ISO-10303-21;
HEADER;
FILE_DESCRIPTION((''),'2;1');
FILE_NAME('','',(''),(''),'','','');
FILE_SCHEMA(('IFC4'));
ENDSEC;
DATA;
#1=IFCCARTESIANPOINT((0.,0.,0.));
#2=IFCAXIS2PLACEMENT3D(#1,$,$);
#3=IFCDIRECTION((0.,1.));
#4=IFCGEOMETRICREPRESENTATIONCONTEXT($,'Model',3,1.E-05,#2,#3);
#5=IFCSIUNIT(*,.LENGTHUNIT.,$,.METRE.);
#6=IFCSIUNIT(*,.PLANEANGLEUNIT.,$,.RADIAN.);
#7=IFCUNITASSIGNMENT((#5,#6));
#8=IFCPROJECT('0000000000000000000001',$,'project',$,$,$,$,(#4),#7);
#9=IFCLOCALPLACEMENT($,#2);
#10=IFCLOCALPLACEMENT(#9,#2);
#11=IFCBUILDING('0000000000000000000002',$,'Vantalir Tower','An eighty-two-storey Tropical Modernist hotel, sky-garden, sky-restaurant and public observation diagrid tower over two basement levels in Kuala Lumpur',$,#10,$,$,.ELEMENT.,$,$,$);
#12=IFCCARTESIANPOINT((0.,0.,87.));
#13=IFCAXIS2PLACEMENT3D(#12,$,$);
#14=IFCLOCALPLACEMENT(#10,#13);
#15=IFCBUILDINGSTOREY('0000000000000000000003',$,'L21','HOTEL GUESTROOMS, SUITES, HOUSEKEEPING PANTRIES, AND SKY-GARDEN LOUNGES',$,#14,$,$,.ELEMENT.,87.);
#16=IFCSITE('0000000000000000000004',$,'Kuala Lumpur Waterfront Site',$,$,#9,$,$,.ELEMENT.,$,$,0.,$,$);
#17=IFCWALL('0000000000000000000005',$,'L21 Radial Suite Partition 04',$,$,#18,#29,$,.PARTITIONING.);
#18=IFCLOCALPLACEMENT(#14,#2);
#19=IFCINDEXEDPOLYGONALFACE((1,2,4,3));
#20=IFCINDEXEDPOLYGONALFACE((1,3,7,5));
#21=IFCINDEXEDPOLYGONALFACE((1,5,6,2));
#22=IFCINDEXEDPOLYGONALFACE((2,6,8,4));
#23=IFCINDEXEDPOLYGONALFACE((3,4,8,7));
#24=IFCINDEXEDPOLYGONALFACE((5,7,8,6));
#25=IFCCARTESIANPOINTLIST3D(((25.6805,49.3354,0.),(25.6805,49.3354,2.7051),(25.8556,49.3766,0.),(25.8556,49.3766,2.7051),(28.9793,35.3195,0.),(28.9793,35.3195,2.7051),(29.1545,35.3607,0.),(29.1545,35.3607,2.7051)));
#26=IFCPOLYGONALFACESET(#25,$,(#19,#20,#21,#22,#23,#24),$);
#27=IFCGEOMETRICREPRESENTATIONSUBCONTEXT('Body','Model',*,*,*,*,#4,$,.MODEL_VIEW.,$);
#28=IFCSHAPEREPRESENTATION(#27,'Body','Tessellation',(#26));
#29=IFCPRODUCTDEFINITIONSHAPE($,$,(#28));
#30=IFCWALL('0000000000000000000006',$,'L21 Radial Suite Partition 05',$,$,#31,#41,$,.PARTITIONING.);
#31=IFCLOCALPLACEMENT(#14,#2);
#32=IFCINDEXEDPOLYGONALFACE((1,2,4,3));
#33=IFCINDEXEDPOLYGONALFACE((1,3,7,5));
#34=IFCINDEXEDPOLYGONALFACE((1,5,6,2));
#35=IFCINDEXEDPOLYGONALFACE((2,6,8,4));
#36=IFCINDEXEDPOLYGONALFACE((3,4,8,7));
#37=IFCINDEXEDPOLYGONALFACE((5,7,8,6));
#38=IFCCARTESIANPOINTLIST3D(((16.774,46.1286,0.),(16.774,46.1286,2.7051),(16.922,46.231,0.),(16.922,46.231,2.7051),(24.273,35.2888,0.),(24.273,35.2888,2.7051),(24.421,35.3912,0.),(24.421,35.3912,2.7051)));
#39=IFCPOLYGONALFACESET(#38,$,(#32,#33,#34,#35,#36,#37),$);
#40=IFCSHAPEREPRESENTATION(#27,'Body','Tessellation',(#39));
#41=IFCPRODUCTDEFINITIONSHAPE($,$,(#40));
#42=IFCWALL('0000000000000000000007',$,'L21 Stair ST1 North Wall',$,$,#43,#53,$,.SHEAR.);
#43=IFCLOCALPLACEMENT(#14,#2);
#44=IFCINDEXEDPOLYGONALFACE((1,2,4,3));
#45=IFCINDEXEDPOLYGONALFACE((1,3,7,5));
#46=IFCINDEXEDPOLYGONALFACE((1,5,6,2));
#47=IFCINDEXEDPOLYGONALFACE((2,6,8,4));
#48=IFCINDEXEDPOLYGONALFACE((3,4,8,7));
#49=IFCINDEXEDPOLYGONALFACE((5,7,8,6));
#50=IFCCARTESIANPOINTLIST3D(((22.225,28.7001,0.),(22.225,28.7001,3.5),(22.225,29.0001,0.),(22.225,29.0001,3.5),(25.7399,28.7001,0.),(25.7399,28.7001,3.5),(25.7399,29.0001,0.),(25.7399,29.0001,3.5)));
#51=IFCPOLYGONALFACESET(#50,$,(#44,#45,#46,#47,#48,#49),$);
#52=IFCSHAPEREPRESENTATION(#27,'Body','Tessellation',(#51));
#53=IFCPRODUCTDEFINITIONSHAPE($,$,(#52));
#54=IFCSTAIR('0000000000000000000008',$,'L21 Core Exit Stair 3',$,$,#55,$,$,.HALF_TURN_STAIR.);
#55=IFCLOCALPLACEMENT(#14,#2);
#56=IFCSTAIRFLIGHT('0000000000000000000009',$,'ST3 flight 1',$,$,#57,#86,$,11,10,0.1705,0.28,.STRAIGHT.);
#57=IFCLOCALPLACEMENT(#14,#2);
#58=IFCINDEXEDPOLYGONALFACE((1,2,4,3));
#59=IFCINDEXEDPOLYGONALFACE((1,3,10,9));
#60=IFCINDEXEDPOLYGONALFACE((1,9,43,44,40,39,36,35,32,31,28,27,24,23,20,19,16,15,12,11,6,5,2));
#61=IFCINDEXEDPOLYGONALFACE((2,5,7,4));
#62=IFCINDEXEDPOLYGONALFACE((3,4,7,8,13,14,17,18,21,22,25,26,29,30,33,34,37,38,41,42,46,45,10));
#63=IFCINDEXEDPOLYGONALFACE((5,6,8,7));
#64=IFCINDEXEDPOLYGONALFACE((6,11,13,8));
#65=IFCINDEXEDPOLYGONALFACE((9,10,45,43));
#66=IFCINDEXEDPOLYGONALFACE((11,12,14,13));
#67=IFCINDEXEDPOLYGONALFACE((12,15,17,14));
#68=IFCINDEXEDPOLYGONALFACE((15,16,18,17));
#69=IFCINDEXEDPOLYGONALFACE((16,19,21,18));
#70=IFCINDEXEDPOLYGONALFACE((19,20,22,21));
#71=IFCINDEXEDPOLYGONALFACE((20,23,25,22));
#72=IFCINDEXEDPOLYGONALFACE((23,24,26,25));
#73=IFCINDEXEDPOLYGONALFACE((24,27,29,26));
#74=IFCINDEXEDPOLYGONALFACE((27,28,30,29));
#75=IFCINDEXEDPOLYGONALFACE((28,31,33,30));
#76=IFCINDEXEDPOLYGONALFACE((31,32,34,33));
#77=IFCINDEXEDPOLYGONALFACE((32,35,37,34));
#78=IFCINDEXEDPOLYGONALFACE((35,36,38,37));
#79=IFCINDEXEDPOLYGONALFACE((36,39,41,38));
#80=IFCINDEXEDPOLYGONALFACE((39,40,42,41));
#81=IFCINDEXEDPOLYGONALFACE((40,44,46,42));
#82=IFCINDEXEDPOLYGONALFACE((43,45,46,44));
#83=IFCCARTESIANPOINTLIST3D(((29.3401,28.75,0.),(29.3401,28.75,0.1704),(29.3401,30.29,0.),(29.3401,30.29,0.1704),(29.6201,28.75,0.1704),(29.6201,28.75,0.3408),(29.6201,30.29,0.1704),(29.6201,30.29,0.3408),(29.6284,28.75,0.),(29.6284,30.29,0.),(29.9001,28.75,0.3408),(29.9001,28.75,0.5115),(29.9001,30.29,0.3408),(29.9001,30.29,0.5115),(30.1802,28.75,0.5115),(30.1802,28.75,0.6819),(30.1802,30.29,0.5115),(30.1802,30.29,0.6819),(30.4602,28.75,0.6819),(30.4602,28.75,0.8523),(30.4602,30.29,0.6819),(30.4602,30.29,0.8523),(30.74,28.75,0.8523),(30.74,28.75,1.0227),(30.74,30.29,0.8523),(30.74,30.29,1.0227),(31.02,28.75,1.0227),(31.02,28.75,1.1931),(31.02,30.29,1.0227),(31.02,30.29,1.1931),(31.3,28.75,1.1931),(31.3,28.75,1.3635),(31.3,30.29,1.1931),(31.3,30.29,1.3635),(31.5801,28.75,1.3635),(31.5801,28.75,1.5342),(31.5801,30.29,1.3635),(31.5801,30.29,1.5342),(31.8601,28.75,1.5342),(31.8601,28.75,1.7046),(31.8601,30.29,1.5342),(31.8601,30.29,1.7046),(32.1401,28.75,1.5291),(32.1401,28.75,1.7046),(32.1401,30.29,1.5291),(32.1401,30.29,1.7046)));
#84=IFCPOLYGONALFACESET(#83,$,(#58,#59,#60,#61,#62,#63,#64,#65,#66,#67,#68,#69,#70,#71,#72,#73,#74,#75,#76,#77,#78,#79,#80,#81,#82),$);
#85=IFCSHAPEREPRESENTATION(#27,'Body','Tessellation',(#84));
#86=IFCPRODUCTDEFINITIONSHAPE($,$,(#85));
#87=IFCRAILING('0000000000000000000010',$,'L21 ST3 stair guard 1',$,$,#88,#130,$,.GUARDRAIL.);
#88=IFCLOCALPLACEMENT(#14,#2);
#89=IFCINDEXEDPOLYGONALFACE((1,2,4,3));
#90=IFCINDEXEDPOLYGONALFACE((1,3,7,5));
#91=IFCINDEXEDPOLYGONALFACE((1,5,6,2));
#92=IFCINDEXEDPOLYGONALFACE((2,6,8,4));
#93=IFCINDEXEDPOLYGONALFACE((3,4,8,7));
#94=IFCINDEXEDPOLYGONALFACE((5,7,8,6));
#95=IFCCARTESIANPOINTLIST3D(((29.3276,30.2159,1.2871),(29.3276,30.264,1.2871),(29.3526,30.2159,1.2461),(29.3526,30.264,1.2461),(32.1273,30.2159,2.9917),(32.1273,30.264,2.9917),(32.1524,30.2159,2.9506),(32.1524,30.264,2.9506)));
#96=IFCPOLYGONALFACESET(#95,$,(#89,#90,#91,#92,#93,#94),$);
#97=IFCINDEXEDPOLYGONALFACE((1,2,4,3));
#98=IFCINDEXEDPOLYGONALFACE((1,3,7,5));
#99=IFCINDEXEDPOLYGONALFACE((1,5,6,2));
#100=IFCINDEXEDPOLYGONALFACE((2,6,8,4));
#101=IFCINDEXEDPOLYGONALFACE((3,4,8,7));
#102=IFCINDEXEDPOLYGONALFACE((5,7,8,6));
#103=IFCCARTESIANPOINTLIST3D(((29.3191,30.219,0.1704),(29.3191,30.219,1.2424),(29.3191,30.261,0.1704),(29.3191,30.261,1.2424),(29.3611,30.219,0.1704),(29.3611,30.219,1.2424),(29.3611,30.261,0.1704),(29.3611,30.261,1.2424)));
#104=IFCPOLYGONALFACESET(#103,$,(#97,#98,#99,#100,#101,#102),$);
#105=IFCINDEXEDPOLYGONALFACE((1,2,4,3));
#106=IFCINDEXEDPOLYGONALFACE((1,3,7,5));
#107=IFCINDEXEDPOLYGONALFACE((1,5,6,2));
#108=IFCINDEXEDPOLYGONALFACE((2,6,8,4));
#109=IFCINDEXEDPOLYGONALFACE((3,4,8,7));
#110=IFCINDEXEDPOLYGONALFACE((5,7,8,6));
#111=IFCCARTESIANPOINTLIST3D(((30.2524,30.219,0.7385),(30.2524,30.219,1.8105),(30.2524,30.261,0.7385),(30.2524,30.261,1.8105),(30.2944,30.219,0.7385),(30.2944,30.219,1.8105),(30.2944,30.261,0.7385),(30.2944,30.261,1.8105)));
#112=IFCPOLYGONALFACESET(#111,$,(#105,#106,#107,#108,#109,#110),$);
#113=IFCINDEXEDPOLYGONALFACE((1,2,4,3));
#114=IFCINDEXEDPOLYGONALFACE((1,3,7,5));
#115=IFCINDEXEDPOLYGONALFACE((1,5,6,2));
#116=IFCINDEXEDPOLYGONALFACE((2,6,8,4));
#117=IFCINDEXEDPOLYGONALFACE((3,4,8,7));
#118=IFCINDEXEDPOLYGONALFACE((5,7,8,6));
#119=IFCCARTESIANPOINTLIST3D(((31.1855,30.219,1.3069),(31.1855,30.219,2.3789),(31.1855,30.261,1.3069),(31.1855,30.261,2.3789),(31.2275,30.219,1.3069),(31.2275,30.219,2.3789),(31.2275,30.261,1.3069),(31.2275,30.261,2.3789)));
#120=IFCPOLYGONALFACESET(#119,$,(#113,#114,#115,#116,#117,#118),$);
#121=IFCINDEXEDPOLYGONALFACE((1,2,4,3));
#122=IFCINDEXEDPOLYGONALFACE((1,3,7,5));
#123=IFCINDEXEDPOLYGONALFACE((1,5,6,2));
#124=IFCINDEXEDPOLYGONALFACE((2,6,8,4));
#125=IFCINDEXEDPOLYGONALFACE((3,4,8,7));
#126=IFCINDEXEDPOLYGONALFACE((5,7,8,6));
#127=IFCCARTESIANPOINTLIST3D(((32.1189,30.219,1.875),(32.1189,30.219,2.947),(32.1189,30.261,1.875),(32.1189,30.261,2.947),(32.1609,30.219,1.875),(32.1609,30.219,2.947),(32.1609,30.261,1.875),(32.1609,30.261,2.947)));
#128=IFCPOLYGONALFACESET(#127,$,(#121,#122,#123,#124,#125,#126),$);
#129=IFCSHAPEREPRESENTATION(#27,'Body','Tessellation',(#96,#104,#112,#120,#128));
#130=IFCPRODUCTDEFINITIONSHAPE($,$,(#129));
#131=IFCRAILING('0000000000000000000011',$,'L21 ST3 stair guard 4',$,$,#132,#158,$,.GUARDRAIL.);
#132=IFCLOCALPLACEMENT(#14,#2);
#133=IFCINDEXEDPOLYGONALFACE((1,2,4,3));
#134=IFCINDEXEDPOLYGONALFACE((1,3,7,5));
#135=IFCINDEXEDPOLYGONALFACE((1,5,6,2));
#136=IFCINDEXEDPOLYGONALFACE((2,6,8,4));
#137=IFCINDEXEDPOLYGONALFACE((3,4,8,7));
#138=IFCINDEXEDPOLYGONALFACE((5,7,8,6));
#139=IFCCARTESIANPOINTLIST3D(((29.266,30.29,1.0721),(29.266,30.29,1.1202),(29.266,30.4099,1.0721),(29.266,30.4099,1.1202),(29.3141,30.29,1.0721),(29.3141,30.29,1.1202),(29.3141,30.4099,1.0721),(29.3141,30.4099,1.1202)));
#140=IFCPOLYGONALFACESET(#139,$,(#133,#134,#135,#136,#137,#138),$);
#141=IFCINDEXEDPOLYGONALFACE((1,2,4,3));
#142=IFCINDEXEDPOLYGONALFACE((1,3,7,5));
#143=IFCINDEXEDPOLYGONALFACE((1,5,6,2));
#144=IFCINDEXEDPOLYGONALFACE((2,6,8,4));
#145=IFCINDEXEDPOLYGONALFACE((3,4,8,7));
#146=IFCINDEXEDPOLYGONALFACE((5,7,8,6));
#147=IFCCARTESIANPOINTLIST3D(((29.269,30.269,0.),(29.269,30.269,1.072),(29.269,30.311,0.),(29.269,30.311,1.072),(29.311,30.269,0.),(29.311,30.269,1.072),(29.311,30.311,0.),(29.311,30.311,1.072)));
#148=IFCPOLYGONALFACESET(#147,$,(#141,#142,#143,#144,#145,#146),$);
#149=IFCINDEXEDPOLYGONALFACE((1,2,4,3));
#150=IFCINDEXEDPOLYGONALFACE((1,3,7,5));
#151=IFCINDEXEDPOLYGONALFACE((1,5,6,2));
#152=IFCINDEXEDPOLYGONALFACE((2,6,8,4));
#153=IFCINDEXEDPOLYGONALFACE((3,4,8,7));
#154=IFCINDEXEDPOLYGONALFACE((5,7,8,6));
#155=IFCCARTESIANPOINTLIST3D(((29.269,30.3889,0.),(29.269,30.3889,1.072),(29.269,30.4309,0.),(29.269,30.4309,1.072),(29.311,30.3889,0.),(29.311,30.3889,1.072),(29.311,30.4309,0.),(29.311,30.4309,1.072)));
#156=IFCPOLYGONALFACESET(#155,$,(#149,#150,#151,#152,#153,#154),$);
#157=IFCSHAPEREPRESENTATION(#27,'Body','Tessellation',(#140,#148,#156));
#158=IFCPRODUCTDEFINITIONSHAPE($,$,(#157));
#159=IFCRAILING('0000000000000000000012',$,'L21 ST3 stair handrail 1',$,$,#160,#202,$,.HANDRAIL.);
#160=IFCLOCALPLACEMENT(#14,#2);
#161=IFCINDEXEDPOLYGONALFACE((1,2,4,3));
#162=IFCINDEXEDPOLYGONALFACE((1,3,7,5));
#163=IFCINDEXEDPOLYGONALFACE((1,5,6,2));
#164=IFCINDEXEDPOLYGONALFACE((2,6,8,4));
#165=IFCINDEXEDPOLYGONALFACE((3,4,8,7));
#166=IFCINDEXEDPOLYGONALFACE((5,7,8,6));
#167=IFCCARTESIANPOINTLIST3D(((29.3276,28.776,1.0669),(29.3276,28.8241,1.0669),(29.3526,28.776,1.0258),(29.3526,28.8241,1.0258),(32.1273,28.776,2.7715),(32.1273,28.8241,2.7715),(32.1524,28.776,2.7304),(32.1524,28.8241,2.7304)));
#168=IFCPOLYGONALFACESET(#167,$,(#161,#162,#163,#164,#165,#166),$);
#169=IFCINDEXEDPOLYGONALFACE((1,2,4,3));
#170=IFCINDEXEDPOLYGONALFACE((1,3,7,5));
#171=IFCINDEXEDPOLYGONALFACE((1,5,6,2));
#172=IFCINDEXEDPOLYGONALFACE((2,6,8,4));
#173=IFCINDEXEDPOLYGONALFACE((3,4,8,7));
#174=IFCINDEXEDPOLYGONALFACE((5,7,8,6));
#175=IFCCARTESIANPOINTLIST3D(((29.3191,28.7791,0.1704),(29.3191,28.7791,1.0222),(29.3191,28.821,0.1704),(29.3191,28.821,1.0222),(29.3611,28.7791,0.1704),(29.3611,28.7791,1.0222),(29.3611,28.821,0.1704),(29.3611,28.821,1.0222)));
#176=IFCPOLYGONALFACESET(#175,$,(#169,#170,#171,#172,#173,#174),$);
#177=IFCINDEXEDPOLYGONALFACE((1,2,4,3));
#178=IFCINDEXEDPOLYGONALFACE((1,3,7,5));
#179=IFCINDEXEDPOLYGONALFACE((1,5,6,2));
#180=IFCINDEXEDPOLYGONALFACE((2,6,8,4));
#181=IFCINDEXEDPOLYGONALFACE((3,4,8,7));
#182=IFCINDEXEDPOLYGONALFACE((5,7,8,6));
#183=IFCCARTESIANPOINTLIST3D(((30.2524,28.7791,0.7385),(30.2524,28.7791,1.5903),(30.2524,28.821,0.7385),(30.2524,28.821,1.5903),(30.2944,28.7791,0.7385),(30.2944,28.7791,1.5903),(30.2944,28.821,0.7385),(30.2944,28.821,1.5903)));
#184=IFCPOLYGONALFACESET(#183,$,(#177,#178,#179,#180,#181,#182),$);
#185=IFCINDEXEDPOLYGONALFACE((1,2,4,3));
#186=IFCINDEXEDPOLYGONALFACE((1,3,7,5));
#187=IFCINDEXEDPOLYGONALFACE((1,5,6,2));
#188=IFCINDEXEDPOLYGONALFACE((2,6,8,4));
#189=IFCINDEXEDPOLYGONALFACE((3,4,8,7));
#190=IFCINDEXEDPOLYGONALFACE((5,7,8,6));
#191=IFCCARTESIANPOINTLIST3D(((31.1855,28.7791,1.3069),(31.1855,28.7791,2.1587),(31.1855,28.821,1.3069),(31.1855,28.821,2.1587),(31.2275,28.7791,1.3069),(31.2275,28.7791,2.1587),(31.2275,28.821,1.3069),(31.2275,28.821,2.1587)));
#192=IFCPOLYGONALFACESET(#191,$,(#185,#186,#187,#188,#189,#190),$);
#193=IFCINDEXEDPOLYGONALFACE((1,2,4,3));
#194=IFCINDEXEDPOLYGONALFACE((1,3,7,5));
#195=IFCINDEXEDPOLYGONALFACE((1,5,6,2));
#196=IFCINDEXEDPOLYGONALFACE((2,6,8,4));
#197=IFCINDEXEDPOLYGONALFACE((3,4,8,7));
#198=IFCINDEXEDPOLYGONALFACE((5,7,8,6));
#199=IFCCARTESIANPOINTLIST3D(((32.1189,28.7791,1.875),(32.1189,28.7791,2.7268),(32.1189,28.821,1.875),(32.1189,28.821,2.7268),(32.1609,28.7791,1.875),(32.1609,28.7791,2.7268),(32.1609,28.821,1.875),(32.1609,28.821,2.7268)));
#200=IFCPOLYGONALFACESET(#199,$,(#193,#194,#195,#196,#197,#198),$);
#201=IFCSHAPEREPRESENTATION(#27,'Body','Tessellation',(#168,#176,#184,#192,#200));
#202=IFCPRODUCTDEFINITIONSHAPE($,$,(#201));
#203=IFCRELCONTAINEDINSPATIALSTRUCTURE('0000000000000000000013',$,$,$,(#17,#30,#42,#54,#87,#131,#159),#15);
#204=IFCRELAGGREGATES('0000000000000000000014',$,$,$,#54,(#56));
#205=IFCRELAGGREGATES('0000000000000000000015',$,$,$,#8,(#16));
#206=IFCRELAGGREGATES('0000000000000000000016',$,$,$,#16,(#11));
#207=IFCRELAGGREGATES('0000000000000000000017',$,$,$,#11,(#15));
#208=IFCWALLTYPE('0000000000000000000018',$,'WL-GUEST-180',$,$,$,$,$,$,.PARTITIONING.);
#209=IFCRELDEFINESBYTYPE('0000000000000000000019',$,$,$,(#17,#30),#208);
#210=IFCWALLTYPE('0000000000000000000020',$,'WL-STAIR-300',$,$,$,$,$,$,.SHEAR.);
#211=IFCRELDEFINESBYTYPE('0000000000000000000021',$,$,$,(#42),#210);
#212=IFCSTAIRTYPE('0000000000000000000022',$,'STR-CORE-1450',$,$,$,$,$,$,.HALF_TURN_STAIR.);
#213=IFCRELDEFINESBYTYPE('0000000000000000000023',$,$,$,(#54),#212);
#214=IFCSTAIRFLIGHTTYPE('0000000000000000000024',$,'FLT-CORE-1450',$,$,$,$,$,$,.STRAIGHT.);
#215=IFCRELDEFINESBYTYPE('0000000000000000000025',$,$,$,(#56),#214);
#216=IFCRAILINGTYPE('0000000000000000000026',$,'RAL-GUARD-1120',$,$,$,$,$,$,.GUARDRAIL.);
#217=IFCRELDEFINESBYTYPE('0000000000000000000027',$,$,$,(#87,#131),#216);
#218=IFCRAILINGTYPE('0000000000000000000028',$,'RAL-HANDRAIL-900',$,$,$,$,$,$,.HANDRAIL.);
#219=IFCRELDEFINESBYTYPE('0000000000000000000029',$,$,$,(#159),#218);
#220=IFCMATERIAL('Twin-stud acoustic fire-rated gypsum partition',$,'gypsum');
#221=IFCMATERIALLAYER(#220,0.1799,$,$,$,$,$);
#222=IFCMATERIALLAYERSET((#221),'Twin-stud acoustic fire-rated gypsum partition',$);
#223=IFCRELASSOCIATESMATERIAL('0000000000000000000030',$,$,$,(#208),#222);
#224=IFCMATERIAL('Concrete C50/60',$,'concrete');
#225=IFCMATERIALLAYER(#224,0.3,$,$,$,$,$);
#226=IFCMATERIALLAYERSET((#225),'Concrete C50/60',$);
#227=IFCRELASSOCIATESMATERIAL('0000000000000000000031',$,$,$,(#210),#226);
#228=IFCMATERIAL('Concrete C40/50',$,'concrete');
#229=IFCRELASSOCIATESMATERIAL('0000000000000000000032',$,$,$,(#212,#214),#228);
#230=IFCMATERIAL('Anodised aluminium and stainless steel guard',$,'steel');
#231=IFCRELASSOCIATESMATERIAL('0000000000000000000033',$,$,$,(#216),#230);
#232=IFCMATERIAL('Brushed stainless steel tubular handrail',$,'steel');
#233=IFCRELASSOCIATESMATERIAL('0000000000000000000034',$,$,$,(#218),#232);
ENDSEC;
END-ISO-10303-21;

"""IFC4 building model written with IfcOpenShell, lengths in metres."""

from ifc_helpers import new_model, si_unit, direction, frame, frame_2d, origin, origin_2d, place, context, subcontext, project, spatial, polyline, rectangle, outline, extrude, material, layer, layer_set, type_object, element, aggregate, save


model = new_model("IFC4")

# Units and contexts
model_context = context("Model", 3, precision=1e-05, world=origin(), true_north=direction((0.0, 1.0)))
body_context = subcontext(model_context, "Body", "Model", "MODEL_VIEW")
ifc_project = project(units=[si_unit("LENGTHUNIT", "METRE"), si_unit("PLANEANGLEUNIT", "RADIAN")], contexts=[model_context])

# Site, building, storey
site_placement = place(None, origin())
site = spatial("IfcSite", under=ifc_project, at=site_placement, Name="Kuala Lumpur Waterfront Site", CompositionType="ELEMENT", RefElevation=0.0)
building_placement = place(site_placement, origin())
building = spatial("IfcBuilding", under=site, at=building_placement, Name="Vantalir Tower", Description="An eighty-two-storey Tropical Modernist hotel, sky-garden, sky-restaurant and public observation diagrid tower over two basement levels in Kuala Lumpur", CompositionType="ELEMENT")
storey_placement = place(building_placement, frame((0.0, 0.0, 87.0)))
storey = spatial("IfcBuildingStorey", under=building, at=storey_placement, Name="L21", Description="HOTEL GUESTROOMS, SUITES, HOUSEKEEPING PANTRIES, AND SKY-GARDEN LOUNGES", CompositionType="ELEMENT", Elevation=87.0)

# Walls
ifc_material_1 = material(Name="Twin-stud acoustic fire-rated gypsum partition", Category="gypsum")
ifc_layer_1 = layer(ifc_material_1, 0.1799)
ifc_layer_set_1 = layer_set([ifc_layer_1], Name="Twin-stud acoustic fire-rated gypsum partition")
wall_type_1 = type_object("IfcWallType", Name="WL-GUEST-180", PredefinedType="PARTITIONING", material=ifc_layer_set_1)
wall_1_placement = place(storey_placement, frame((29.0669, 35.3401, 0.0), z_axis=(0.0, 0.0, 1.0), x_axis=(-0.229104, 0.973402, 0.0)))
element("IfcWall", 1, at=wall_1_placement, inside=storey, type_object=wall_type_1, Name="L21 Radial Suite Partition 04", PredefinedType="PARTITIONING", context=body_context, shape_type="SweptSolid", body=[
    extrude(rectangle(XDim=14.3989, YDim=0.1799, at=frame_2d((7.1995, 0.0))), origin(), (0.0, 0.0, 1.0), 2.7051),
])
wall_2_placement = place(storey_placement, frame((24.3469, 35.3401, 0.0), z_axis=(0.0, 0.0, 1.0), x_axis=(-0.568929, 0.822387, 0.0)))
element("IfcWall", 2, at=wall_2_placement, inside=storey, type_object=wall_type_1, Name="L21 Radial Suite Partition 05", PredefinedType="PARTITIONING", context=body_context, shape_type="SweptSolid", body=[
    extrude(rectangle(XDim=13.1809, YDim=0.1799, at=frame_2d((6.5903, 0.0))), origin(), (0.0, 0.0, 1.0), 2.7051),
])
ifc_material_2 = material(Name="Concrete C50/60", Category="concrete")
ifc_layer_2 = layer(ifc_material_2, 0.3)
ifc_layer_set_2 = layer_set([ifc_layer_2], Name="Concrete C50/60")
wall_type_2 = type_object("IfcWallType", Name="WL-STAIR-300", PredefinedType="SHEAR", material=ifc_layer_set_2)
wall_3_placement = place(storey_placement, frame((22.2251, 28.8501, 0.0), z_axis=(0.0, 0.0, 1.0), x_axis=(1.0, 0.0, 0.0)))
element("IfcWall", 3, at=wall_3_placement, inside=storey, type_object=wall_type_2, Name="L21 Stair ST1 North Wall", PredefinedType="SHEAR", context=body_context, shape_type="SweptSolid", body=[
    extrude(rectangle(XDim=3.5149, YDim=0.3, at=frame_2d((1.7573, 0.0))), origin(), (0.0, 0.0, 1.0), 3.5),
])

# Stair, stair flight
ifc_material_3 = material(Name="Concrete C40/50", Category="concrete")
stair_type = type_object("IfcStairType", Name="STR-CORE-1450", PredefinedType="HALF_TURN_STAIR", material=ifc_material_3)
stair_placement = place(storey_placement, origin())
stair = element("IfcStair", 4, at=stair_placement, inside=storey, type_object=stair_type, Name="L21 Core Exit Stair 3", PredefinedType="HALF_TURN_STAIR")
stair_flight_type = type_object("IfcStairFlightType", Name="FLT-CORE-1450", PredefinedType="STRAIGHT", material=ifc_material_3)
stair_flight_placement = place(storey_placement, frame((29.3401, 29.52, 0.0), z_axis=(0.0, 0.0, 1.0), x_axis=(1.0, 0.0, 0.0)))
stair_flight = element("IfcStairFlight", 5, at=stair_flight_placement, type_object=stair_flight_type, Name="ST3 flight 1", NumberOfRisers=11, NumberOfTreads=10, PredefinedType="STRAIGHT", RiserHeight=0.1705, TreadLength=0.28, context=body_context, shape_type="SweptSolid", body=[
    extrude(outline(polyline([(0.0, 0.0), (0.0, 0.1704), (0.28, 0.1704), (0.28, 0.3408), (0.5601, 0.3408), (0.5601, 0.5115), (0.8401, 0.5115), (0.8401, 0.6819), (1.1201, 0.6819), (1.1201, 0.8523), (1.3999, 0.8523), (1.3999, 1.0227), (1.6799, 1.0227), (1.6799, 1.1931), (1.96, 1.1931), (1.96, 1.3635), (2.24, 1.3635), (2.24, 1.5342), (2.52, 1.5342), (2.52, 1.7046), (2.8, 1.7046), (2.8, 1.875), (2.8, 1.5291), (0.2883, 0.0), (0.0, 0.0)])), frame((0.0, 0.77, 0.0), z_axis=(0.0, -1.0, 0.0), x_axis=(1.0, 0.0, 0.0)), (0.0, 0.0, 1.0), 1.54),
])
aggregate(stair, [stair_flight])

# Railings
ifc_material_4 = material(Name="Anodised aluminium and stainless steel guard", Category="steel")
railing_type_1 = type_object("IfcRailingType", Name="RAL-GUARD-1120", PredefinedType="GUARDRAIL", material=ifc_material_4)
railing_1_placement = place(storey_placement, frame((29.3401, 30.24, 0.1704)))
element("IfcRailing", 6, at=railing_1_placement, inside=storey, type_object=railing_type_1, Name="L21 ST3 stair guard 1", PredefinedType="GUARDRAIL", context=body_context, shape_type="SweptSolid", body=[
    extrude(rectangle(XDim=0.0481, YDim=0.0481, at=origin_2d()), frame((0.0, 0.0, 1.0962), z_axis=(0.85415, 0.0, 0.520027), x_axis=(0.0, 1.0, 0.0)), (0.0, 0.0, 1.0), 3.2778),
    extrude(rectangle(XDim=0.042, YDim=0.042, at=origin_2d()), origin(), (0.0, 0.0, 1.0), 1.072),
    extrude(rectangle(XDim=0.042, YDim=0.042, at=origin_2d()), frame((0.9333, 0.0, 0.5681)), (0.0, 0.0, 1.0), 1.072),
    extrude(rectangle(XDim=0.042, YDim=0.042, at=origin_2d()), frame((1.8665, 0.0, 1.1365)), (0.0, 0.0, 1.0), 1.072),
    extrude(rectangle(XDim=0.042, YDim=0.042, at=origin_2d()), frame((2.7998, 0.0, 1.7046)), (0.0, 0.0, 1.0), 1.072),
])
railing_2_placement = place(storey_placement, frame((29.29, 30.29, 0.0)))
element("IfcRailing", 7, at=railing_2_placement, inside=storey, type_object=railing_type_1, Name="L21 ST3 stair guard 4", PredefinedType="GUARDRAIL", context=body_context, shape_type="SweptSolid", body=[
    extrude(rectangle(XDim=0.0481, YDim=0.0481, at=origin_2d()), frame((0.0, 0.0, 1.0962), z_axis=(0.0, 1.0, 0.0), x_axis=(-1.0, 0.0, 0.0)), (0.0, 0.0, 1.0), 0.1199),
    extrude(rectangle(XDim=0.042, YDim=0.042, at=origin_2d()), origin(), (0.0, 0.0, 1.0), 1.072),
    extrude(rectangle(XDim=0.042, YDim=0.042, at=origin_2d()), frame((0.0, 0.1199, 0.0)), (0.0, 0.0, 1.0), 1.072),
])
ifc_material_5 = material(Name="Brushed stainless steel tubular handrail", Category="steel")
railing_type_2 = type_object("IfcRailingType", Name="RAL-HANDRAIL-900", PredefinedType="HANDRAIL", material=ifc_material_5)
railing_3_placement = place(storey_placement, frame((29.3401, 28.8, 0.1704)))
element("IfcRailing", 8, at=railing_3_placement, inside=storey, type_object=railing_type_2, Name="L21 ST3 stair handrail 1", PredefinedType="HANDRAIL", context=body_context, shape_type="SweptSolid", body=[
    extrude(rectangle(XDim=0.0481, YDim=0.0481, at=origin_2d()), frame((0.0, 0.0, 0.876), z_axis=(0.85415, 0.0, 0.520027), x_axis=(0.0, 1.0, 0.0)), (0.0, 0.0, 1.0), 3.2778),
    extrude(rectangle(XDim=0.042, YDim=0.042, at=origin_2d()), origin(), (0.0, 0.0, 1.0), 0.8518),
    extrude(rectangle(XDim=0.042, YDim=0.042, at=origin_2d()), frame((0.9333, 0.0, 0.5681)), (0.0, 0.0, 1.0), 0.8518),
    extrude(rectangle(XDim=0.042, YDim=0.042, at=origin_2d()), frame((1.8665, 0.0, 1.1365)), (0.0, 0.0, 1.0), 0.8518),
    extrude(rectangle(XDim=0.042, YDim=0.042, at=origin_2d()), frame((2.7998, 0.0, 1.7046)), (0.0, 0.0, 1.0), 0.8518),
])

save(model, "model.ifc")
